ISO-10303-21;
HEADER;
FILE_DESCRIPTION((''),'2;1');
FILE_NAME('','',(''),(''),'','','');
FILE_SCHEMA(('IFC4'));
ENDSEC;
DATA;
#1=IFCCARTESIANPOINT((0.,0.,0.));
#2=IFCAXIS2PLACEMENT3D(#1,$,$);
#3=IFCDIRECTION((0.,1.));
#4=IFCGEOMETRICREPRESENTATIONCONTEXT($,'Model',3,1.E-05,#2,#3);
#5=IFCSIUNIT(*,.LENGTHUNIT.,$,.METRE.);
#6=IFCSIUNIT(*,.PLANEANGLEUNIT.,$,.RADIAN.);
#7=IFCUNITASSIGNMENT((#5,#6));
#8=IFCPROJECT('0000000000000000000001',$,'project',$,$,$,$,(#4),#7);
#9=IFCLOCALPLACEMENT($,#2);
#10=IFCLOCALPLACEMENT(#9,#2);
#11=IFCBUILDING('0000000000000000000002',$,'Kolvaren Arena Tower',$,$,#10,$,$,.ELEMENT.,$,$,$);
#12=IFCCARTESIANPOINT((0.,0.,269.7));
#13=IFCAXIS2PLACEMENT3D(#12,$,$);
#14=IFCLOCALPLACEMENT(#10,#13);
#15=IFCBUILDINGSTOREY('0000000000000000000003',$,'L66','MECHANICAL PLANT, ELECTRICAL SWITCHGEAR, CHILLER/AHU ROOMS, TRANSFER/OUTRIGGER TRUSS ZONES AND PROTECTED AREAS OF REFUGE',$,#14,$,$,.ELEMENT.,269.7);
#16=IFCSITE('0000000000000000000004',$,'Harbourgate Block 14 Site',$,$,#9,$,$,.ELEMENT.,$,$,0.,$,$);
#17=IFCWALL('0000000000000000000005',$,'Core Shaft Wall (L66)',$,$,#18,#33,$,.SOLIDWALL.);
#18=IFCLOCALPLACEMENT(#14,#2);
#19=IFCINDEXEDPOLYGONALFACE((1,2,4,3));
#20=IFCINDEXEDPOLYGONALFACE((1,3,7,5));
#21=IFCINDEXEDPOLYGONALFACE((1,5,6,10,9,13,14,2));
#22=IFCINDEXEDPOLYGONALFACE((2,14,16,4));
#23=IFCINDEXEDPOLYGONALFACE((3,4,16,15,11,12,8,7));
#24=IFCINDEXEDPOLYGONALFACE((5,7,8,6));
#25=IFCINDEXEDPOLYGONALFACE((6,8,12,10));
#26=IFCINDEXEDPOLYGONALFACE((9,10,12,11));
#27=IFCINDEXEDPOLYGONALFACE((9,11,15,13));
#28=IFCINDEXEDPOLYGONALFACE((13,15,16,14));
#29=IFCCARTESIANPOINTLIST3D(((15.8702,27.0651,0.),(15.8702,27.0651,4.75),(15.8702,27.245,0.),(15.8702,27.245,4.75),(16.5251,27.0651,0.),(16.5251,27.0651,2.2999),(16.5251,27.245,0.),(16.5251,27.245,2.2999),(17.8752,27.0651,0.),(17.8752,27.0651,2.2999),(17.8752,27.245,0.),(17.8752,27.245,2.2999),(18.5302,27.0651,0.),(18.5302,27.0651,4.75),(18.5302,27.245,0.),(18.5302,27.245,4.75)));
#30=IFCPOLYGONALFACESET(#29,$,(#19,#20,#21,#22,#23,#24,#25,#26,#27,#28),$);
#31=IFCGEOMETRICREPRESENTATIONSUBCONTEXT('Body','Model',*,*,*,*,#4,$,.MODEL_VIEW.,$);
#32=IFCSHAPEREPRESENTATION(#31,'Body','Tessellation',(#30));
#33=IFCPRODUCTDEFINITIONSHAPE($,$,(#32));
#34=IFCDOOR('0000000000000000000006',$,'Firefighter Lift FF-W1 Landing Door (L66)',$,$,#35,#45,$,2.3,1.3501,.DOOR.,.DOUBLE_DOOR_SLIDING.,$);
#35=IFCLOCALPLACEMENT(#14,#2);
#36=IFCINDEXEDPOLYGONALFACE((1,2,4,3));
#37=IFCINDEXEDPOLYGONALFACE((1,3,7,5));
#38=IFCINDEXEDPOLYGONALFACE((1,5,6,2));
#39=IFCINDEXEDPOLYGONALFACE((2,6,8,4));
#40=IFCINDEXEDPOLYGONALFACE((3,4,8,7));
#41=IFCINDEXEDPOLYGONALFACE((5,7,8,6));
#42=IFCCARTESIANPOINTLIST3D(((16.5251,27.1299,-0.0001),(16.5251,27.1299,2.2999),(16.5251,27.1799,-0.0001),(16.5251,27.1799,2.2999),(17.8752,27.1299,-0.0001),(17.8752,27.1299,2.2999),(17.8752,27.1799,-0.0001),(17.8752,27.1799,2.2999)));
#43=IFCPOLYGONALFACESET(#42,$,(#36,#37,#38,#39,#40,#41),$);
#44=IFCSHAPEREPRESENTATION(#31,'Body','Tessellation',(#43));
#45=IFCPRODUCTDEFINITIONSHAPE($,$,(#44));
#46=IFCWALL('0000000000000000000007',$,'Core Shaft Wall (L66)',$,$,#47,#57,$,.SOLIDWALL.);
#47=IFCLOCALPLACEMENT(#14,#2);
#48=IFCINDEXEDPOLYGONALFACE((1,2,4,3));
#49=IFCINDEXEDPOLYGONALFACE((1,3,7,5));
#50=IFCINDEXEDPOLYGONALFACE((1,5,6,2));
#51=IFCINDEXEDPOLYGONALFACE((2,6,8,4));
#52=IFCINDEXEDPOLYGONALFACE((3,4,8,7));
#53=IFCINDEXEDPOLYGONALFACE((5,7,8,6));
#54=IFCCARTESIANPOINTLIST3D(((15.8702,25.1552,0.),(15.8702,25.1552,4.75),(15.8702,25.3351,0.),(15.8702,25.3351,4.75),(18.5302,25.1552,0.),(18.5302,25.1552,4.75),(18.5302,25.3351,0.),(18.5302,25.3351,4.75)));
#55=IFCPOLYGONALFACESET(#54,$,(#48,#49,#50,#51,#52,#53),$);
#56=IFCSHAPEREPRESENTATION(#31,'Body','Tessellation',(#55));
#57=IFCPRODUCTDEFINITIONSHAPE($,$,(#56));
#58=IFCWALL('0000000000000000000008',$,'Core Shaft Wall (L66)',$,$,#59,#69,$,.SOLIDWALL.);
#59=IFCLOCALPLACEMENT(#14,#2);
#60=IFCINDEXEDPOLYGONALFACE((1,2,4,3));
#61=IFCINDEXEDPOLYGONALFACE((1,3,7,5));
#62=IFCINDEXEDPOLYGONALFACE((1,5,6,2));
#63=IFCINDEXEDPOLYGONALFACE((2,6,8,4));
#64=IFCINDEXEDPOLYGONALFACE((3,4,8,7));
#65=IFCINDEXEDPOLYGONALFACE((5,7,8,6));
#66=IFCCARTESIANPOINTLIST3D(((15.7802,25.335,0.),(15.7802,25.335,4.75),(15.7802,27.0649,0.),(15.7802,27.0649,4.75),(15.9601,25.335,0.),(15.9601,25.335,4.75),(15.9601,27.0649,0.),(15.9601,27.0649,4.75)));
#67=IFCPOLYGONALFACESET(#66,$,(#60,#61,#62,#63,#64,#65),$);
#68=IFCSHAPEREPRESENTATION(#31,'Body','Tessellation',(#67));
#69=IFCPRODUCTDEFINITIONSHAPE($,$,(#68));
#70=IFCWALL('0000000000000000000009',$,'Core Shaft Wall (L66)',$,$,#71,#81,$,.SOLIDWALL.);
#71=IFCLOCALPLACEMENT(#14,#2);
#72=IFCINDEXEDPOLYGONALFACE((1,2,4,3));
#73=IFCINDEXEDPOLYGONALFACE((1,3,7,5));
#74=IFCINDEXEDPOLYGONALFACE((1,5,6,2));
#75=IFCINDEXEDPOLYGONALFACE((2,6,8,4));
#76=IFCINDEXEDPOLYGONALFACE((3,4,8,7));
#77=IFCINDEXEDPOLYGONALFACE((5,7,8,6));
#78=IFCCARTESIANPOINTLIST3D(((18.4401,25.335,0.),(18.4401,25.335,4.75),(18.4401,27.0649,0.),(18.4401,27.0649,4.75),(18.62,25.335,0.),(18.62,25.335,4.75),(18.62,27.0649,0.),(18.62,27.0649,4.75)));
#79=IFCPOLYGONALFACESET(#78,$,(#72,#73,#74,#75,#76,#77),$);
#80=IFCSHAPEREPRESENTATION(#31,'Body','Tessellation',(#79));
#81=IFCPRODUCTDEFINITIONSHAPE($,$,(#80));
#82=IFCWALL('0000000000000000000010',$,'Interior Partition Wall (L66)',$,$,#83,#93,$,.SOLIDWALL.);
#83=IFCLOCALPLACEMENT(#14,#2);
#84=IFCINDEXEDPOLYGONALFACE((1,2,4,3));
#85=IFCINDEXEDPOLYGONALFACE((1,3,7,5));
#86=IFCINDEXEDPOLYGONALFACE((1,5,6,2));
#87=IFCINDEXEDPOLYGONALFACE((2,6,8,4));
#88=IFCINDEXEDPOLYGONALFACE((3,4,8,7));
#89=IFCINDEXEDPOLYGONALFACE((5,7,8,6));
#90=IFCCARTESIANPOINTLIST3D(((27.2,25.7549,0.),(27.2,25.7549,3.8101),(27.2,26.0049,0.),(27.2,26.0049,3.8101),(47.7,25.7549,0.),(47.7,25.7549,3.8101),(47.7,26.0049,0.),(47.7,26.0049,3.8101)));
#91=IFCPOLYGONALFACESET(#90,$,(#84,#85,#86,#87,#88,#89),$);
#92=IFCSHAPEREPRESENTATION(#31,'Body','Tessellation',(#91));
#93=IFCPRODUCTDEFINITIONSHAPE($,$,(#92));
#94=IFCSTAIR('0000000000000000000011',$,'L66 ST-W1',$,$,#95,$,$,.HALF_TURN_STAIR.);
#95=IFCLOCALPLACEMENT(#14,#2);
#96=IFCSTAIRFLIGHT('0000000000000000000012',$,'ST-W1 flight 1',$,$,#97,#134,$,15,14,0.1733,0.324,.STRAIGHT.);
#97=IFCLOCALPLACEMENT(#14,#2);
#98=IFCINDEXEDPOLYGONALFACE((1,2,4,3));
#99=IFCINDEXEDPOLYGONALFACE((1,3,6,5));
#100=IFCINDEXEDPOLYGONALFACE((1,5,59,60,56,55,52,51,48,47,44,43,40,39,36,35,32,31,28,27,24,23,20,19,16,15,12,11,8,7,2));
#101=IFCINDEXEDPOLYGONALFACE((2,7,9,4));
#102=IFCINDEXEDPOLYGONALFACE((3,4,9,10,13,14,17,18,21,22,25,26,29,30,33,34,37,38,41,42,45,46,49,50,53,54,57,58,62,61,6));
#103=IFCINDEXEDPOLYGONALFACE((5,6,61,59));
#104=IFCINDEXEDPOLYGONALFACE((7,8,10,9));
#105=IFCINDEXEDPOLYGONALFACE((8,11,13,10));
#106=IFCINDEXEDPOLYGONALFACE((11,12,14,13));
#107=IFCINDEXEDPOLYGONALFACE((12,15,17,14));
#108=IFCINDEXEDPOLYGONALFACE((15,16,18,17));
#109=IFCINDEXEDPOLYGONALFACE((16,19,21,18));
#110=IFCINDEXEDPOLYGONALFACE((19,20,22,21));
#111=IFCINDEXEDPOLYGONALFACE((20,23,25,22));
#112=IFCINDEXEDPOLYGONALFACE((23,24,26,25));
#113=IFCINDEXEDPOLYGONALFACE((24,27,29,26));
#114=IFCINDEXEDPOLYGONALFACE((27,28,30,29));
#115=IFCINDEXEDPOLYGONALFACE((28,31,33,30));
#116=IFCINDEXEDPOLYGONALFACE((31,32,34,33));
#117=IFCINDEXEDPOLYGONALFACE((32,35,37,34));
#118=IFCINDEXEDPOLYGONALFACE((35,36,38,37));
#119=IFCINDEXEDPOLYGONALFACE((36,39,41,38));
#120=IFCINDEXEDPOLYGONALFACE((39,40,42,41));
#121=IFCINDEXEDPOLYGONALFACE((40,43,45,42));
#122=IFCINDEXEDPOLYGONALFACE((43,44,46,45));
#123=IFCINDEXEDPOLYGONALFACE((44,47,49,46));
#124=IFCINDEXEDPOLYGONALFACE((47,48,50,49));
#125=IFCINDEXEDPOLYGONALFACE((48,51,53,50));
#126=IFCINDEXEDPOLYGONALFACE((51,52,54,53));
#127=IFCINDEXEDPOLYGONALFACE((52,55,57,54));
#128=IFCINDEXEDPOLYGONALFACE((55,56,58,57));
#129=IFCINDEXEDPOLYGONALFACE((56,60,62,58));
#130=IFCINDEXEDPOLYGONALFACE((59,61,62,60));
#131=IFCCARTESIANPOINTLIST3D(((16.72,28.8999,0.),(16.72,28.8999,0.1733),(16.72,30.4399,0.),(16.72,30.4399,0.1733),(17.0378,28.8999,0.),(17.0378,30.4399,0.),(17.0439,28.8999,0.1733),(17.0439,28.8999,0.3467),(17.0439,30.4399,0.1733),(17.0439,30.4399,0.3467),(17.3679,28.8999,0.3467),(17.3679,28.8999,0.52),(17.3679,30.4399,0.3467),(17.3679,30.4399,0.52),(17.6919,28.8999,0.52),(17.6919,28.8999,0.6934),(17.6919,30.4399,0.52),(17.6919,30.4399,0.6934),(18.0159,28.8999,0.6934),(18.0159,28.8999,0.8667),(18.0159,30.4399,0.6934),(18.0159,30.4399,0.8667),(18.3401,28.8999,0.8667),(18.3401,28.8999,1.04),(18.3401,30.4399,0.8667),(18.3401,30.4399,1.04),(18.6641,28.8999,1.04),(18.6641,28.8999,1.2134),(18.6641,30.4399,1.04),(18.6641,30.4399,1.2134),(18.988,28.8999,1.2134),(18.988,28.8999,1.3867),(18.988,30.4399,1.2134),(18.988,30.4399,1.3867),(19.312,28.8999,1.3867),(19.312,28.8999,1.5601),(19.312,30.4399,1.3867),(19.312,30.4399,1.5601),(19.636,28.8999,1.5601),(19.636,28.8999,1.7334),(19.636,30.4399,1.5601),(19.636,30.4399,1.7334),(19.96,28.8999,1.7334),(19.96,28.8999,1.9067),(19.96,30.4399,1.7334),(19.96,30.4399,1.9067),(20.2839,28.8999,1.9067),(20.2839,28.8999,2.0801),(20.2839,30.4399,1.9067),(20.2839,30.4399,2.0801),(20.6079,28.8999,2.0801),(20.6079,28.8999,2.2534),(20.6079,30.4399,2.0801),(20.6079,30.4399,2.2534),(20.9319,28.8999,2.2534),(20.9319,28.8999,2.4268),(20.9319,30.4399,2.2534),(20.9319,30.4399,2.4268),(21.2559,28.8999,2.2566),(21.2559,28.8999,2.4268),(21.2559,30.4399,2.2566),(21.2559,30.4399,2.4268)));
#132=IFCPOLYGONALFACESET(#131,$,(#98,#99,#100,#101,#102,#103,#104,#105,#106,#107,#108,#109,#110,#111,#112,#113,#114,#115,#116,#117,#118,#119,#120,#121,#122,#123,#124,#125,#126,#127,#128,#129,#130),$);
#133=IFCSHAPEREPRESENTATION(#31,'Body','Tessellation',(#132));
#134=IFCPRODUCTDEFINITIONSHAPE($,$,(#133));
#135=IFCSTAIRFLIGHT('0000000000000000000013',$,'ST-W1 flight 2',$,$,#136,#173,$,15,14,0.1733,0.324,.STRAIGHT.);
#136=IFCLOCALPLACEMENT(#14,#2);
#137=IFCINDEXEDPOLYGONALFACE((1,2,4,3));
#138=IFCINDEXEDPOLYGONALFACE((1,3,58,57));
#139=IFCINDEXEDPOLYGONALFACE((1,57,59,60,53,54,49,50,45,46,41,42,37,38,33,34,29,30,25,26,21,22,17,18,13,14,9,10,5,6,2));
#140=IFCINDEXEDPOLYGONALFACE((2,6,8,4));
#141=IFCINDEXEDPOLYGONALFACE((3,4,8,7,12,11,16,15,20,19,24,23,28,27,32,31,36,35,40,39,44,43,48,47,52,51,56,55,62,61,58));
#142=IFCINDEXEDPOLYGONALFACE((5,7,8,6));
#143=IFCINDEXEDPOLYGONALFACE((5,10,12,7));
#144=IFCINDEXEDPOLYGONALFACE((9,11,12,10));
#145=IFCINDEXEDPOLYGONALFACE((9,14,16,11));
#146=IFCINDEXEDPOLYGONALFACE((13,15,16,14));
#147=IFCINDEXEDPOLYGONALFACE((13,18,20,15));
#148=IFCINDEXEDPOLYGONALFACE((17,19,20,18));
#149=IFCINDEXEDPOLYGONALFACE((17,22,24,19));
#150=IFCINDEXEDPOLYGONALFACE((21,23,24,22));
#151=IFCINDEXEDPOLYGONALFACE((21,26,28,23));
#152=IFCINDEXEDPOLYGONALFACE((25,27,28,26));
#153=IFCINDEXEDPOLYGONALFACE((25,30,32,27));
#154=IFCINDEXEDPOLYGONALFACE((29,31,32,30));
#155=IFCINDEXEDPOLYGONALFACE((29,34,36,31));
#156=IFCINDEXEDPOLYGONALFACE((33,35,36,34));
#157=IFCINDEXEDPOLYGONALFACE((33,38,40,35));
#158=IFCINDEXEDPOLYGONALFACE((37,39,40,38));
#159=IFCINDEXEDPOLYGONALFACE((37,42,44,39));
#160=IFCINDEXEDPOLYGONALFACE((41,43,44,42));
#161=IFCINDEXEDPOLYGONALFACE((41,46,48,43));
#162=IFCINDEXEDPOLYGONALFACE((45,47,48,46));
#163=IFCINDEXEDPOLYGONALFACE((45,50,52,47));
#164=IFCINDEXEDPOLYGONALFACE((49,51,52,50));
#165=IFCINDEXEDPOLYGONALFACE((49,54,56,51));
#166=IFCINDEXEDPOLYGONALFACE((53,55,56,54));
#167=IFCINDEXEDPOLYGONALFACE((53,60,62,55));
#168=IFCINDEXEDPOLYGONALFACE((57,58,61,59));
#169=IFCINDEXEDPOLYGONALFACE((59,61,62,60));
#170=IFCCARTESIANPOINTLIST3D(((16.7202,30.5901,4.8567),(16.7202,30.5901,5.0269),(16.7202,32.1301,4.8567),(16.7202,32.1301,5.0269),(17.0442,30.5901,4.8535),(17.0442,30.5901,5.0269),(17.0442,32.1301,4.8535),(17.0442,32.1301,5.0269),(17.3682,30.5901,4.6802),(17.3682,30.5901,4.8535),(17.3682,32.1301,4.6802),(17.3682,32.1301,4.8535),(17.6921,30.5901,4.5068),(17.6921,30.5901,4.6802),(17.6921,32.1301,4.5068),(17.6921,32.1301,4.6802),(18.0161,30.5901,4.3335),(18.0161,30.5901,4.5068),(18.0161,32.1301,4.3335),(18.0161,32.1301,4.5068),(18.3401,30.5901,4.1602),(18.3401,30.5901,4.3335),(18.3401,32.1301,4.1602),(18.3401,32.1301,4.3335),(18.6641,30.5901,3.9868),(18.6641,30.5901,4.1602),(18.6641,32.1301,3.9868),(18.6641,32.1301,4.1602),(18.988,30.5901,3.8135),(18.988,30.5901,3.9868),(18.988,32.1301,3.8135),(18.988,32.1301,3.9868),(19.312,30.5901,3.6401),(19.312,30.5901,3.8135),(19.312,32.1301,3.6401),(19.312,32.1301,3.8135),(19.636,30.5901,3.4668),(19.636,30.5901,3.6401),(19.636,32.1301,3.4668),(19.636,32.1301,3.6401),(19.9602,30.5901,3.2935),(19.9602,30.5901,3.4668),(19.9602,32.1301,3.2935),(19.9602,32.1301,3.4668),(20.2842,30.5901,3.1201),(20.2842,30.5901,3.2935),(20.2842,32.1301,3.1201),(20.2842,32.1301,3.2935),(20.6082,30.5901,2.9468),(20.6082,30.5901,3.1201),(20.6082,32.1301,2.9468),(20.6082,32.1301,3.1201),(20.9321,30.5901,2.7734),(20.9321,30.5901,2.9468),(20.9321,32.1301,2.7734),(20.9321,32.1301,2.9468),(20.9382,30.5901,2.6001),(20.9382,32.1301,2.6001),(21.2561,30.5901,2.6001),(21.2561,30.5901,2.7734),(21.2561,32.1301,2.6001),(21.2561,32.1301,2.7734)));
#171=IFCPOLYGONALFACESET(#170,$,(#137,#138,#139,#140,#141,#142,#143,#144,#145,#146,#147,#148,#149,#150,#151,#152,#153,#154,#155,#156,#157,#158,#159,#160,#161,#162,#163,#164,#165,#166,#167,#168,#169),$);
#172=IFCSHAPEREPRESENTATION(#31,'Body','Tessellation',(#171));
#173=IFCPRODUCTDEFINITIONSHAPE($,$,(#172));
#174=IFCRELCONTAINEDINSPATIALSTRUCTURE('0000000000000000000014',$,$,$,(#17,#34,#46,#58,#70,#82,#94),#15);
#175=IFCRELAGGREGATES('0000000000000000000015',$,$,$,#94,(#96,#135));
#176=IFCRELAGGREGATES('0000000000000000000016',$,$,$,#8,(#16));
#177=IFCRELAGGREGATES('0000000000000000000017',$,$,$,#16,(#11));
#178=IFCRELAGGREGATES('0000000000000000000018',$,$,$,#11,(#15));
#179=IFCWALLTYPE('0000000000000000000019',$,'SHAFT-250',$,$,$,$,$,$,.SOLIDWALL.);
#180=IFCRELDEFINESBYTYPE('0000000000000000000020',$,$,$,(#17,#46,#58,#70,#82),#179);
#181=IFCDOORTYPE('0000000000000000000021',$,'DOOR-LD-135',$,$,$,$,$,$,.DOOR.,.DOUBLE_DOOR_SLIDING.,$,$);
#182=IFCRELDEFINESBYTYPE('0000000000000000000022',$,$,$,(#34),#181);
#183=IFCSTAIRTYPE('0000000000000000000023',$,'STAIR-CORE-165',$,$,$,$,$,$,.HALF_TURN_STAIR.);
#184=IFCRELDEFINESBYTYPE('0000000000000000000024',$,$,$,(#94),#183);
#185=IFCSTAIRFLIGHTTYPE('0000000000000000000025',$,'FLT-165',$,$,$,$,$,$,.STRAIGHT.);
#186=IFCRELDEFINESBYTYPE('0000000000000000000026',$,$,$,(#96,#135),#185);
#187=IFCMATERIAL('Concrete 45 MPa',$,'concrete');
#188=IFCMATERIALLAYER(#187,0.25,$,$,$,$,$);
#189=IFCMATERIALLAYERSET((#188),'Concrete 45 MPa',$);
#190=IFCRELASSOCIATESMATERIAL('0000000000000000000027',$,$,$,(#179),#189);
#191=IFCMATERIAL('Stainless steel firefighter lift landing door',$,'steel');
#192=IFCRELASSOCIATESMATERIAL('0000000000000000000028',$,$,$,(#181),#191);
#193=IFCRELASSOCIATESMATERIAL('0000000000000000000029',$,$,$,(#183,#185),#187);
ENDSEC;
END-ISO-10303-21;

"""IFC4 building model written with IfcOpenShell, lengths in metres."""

from ifc_helpers import new_model, si_unit, direction, frame, frame_2d, origin, place, context, subcontext, project, spatial, polyline, rectangle, outline, extrude, material, layer, layer_set, type_object, element, fill, aggregate, save


model = new_model("IFC4")

# Units and contexts
model_context = context("Model", 3, precision=1e-05, world=origin(), true_north=direction((0.0, 1.0)))
body_context = subcontext(model_context, "Body", "Model", "MODEL_VIEW")
ifc_project = project(units=[si_unit("LENGTHUNIT", "METRE"), si_unit("PLANEANGLEUNIT", "RADIAN")], contexts=[model_context])

# Site, building, storey
site_placement = place(None, origin())
site = spatial("IfcSite", under=ifc_project, at=site_placement, Name="Harbourgate Block 14 Site", CompositionType="ELEMENT", RefElevation=0.0)
building_placement = place(site_placement, origin())
building = spatial("IfcBuilding", under=site, at=building_placement, Name="Kolvaren Arena Tower", CompositionType="ELEMENT")
storey_placement = place(building_placement, frame((0.0, 0.0, 269.7)))
storey = spatial("IfcBuildingStorey", under=building, at=storey_placement, Name="L66", Description="MECHANICAL PLANT, ELECTRICAL SWITCHGEAR, CHILLER/AHU ROOMS, TRANSFER/OUTRIGGER TRUSS ZONES AND PROTECTED AREAS OF REFUGE", CompositionType="ELEMENT", Elevation=269.7)

# Shared definitions
ifc_material_1 = material(Name="Concrete 45 MPa", Category="concrete")
ifc_layer = layer(ifc_material_1, 0.25)
ifc_layer_set = layer_set([ifc_layer], Name="Concrete 45 MPa")
wall_type = type_object("IfcWallType", Name="SHAFT-250", PredefinedType="SOLIDWALL", material=ifc_layer_set)

# Wall, opening, door
wall_1_placement = place(storey_placement, frame((15.8701, 27.155, 0.0), z_axis=(0.0, 0.0, 1.0), x_axis=(1.0, 0.0, 0.0)))
wall_1 = element("IfcWall", 1, at=wall_1_placement, inside=storey, type_object=wall_type, Name="Core Shaft Wall (L66)", PredefinedType="SOLIDWALL", context=body_context, shape_type="SweptSolid", body=[
    extrude(rectangle(XDim=2.6599, YDim=0.1799, at=frame_2d((1.3301, 0.0))), origin(), (0.0, 0.0, 1.0), 4.75),
])
opening_1_placement = place(wall_1_placement, frame((0.655, 0.0, 0.0)))
opening_1 = element("IfcOpeningElement", 2, at=opening_1_placement, cuts=wall_1, PredefinedType="OPENING", context=body_context, shape_type="SweptSolid", body=[
    extrude(rectangle(XDim=1.3501, YDim=2.3, at=frame_2d((0.675, 1.1499))), frame((0.0, 0.0999, 0.0), z_axis=(0.0, -1.0, 0.0), x_axis=(1.0, 0.0, 0.0)), (0.0, 0.0, 1.0), 0.2),
])
ifc_material_2 = material(Name="Stainless steel firefighter lift landing door", Category="steel")
door_type_1 = type_object("IfcDoorType", Name="DOOR-LD-135", OperationType="DOUBLE_DOOR_SLIDING", PredefinedType="DOOR", material=ifc_material_2)
door_1_placement = place(opening_1_placement, origin())
door_1 = element("IfcDoor", 3, at=door_1_placement, inside=storey, type_object=door_type_1, Name="Firefighter Lift FF-W1 Landing Door (L66)", OperationType="DOUBLE_DOOR_SLIDING", OverallHeight=2.3, OverallWidth=1.3501, PredefinedType="DOOR", context=body_context, shape_type="SweptSolid", body=[
    extrude(rectangle(XDim=1.3501, YDim=2.3, at=frame_2d((0.675, 1.1499))), frame((0.0, 0.0249, 0.0), z_axis=(0.0, -1.0, 0.0), x_axis=(1.0, 0.0, 0.0)), (0.0, 0.0, 1.0), 0.05),
])
fill(opening_1, door_1)

# Walls
wall_2_placement = place(storey_placement, frame((15.8701, 25.2451, 0.0), z_axis=(0.0, 0.0, 1.0), x_axis=(1.0, 0.0, 0.0)))
element("IfcWall", 4, at=wall_2_placement, inside=storey, type_object=wall_type, Name="Core Shaft Wall (L66)", PredefinedType="SOLIDWALL", context=body_context, shape_type="SweptSolid", body=[
    extrude(rectangle(XDim=2.6599, YDim=0.1799, at=frame_2d((1.3301, 0.0))), origin(), (0.0, 0.0, 1.0), 4.75),
])
for number, where, z_axis, x_axis, name in (
    (5, (15.8701, 25.335, 0.0), (0.0, 0.0, 1.0), (0.0, 1.0, 0.0), "Core Shaft Wall (L66)"),
    (6, (18.53, 25.335, 0.0), (0.0, 0.0, 1.0), (0.0, 1.0, 0.0), "Core Shaft Wall (L66)"),
):
    element("IfcWall", number, at=place(storey_placement, frame(where, z_axis=z_axis, x_axis=x_axis)), inside=storey, type_object=wall_type, Name=name, PredefinedType="SOLIDWALL", context=body_context, shape_type="SweptSolid", body=[
        extrude(rectangle(XDim=1.73, YDim=0.1799, at=frame_2d((0.865, 0.0))), origin(), (0.0, 0.0, 1.0), 4.75),
    ])
wall_3_placement = place(storey_placement, frame((27.2, 25.8799, 0.0), z_axis=(0.0, 0.0, 1.0), x_axis=(1.0, 0.0, 0.0)))
element("IfcWall", 7, at=wall_3_placement, inside=storey, type_object=wall_type, Name="Interior Partition Wall (L66)", PredefinedType="SOLIDWALL", context=body_context, shape_type="SweptSolid", body=[
    extrude(rectangle(XDim=20.5, YDim=0.25, at=frame_2d((10.25, 0.0))), origin(), (0.0, 0.0, 1.0), 3.8101),
])

# Stair, stair flights
stair_type = type_object("IfcStairType", Name="STAIR-CORE-165", PredefinedType="HALF_TURN_STAIR", material=ifc_material_1)
stair_placement = place(storey_placement, origin())
stair = element("IfcStair", 8, at=stair_placement, inside=storey, type_object=stair_type, Name="L66 ST-W1", PredefinedType="HALF_TURN_STAIR")
stair_flight_type = type_object("IfcStairFlightType", Name="FLT-165", PredefinedType="STRAIGHT", material=ifc_material_1)
stair_flight_1_placement = place(storey_placement, frame((16.72, 29.6699, 0.0), z_axis=(0.0, 0.0, 1.0), x_axis=(1.0, 0.0, 0.0)))
stair_flight_1 = element("IfcStairFlight", 9, at=stair_flight_1_placement, type_object=stair_flight_type, Name="ST-W1 flight 1", NumberOfRisers=15, NumberOfTreads=14, PredefinedType="STRAIGHT", RiserHeight=0.1733, TreadLength=0.324, context=body_context, shape_type="SweptSolid", body=[
    extrude(outline(polyline([(0.0, 0.0), (0.0, 0.1733), (0.324, 0.1733), (0.324, 0.3467), (0.6479, 0.3467), (0.6479, 0.52), (0.9719, 0.52), (0.9719, 0.6934), (1.2959, 0.6934), (1.2959, 0.8667), (1.6201, 0.8667), (1.6201, 1.04), (1.9441, 1.04), (1.9441, 1.2134), (2.2681, 1.2134), (2.2681, 1.3867), (2.592, 1.3867), (2.592, 1.5601), (2.916, 1.5601), (2.916, 1.7334), (3.24, 1.7334), (3.24, 1.9067), (3.564, 1.9067), (3.564, 2.0801), (3.8879, 2.0801), (3.8879, 2.2534), (4.2119, 2.2534), (4.2119, 2.4268), (4.5359, 2.4268), (4.5359, 2.6001), (4.5359, 2.2566), (0.3179, 0.0), (0.0, 0.0)])), frame((0.0, 0.77, 0.0), z_axis=(0.0, -1.0, 0.0), x_axis=(1.0, 0.0, 0.0)), (0.0, 0.0, 1.0), 1.54),
])
stair_flight_2_placement = place(storey_placement, frame((21.2561, 31.3601, 2.6001), z_axis=(0.0, 0.0, 1.0), x_axis=(-1.0, 0.0, 0.0)))
stair_flight_2 = element("IfcStairFlight", 10, at=stair_flight_2_placement, type_object=stair_flight_type, Name="ST-W1 flight 2", NumberOfRisers=15, NumberOfTreads=14, PredefinedType="STRAIGHT", RiserHeight=0.1733, TreadLength=0.324, context=body_context, shape_type="SweptSolid", body=[
    extrude(outline(polyline([(0.0, 0.0), (0.0, 0.1733), (0.324, 0.1733), (0.324, 0.3467), (0.6479, 0.3467), (0.6479, 0.52), (0.9719, 0.52), (0.9719, 0.6934), (1.2959, 0.6934), (1.2959, 0.8667), (1.6201, 0.8667), (1.6201, 1.04), (1.9441, 1.04), (1.9441, 1.2134), (2.2681, 1.2134), (2.2681, 1.3867), (2.592, 1.3867), (2.592, 1.5601), (2.916, 1.5601), (2.916, 1.7334), (3.24, 1.7334), (3.24, 1.9067), (3.564, 1.9067), (3.564, 2.0801), (3.8879, 2.0801), (3.8879, 2.2534), (4.2119, 2.2534), (4.2119, 2.4268), (4.5359, 2.4268), (4.5359, 2.6001), (4.5359, 2.2566), (0.3179, 0.0), (0.0, 0.0)])), frame((0.0, 0.77, 0.0), z_axis=(0.0, -1.0, 0.0), x_axis=(1.0, 0.0, 0.0)), (0.0, 0.0, 1.0), 1.54),
])
aggregate(stair, [stair_flight_1, stair_flight_2])

save(model, "model.ifc")
